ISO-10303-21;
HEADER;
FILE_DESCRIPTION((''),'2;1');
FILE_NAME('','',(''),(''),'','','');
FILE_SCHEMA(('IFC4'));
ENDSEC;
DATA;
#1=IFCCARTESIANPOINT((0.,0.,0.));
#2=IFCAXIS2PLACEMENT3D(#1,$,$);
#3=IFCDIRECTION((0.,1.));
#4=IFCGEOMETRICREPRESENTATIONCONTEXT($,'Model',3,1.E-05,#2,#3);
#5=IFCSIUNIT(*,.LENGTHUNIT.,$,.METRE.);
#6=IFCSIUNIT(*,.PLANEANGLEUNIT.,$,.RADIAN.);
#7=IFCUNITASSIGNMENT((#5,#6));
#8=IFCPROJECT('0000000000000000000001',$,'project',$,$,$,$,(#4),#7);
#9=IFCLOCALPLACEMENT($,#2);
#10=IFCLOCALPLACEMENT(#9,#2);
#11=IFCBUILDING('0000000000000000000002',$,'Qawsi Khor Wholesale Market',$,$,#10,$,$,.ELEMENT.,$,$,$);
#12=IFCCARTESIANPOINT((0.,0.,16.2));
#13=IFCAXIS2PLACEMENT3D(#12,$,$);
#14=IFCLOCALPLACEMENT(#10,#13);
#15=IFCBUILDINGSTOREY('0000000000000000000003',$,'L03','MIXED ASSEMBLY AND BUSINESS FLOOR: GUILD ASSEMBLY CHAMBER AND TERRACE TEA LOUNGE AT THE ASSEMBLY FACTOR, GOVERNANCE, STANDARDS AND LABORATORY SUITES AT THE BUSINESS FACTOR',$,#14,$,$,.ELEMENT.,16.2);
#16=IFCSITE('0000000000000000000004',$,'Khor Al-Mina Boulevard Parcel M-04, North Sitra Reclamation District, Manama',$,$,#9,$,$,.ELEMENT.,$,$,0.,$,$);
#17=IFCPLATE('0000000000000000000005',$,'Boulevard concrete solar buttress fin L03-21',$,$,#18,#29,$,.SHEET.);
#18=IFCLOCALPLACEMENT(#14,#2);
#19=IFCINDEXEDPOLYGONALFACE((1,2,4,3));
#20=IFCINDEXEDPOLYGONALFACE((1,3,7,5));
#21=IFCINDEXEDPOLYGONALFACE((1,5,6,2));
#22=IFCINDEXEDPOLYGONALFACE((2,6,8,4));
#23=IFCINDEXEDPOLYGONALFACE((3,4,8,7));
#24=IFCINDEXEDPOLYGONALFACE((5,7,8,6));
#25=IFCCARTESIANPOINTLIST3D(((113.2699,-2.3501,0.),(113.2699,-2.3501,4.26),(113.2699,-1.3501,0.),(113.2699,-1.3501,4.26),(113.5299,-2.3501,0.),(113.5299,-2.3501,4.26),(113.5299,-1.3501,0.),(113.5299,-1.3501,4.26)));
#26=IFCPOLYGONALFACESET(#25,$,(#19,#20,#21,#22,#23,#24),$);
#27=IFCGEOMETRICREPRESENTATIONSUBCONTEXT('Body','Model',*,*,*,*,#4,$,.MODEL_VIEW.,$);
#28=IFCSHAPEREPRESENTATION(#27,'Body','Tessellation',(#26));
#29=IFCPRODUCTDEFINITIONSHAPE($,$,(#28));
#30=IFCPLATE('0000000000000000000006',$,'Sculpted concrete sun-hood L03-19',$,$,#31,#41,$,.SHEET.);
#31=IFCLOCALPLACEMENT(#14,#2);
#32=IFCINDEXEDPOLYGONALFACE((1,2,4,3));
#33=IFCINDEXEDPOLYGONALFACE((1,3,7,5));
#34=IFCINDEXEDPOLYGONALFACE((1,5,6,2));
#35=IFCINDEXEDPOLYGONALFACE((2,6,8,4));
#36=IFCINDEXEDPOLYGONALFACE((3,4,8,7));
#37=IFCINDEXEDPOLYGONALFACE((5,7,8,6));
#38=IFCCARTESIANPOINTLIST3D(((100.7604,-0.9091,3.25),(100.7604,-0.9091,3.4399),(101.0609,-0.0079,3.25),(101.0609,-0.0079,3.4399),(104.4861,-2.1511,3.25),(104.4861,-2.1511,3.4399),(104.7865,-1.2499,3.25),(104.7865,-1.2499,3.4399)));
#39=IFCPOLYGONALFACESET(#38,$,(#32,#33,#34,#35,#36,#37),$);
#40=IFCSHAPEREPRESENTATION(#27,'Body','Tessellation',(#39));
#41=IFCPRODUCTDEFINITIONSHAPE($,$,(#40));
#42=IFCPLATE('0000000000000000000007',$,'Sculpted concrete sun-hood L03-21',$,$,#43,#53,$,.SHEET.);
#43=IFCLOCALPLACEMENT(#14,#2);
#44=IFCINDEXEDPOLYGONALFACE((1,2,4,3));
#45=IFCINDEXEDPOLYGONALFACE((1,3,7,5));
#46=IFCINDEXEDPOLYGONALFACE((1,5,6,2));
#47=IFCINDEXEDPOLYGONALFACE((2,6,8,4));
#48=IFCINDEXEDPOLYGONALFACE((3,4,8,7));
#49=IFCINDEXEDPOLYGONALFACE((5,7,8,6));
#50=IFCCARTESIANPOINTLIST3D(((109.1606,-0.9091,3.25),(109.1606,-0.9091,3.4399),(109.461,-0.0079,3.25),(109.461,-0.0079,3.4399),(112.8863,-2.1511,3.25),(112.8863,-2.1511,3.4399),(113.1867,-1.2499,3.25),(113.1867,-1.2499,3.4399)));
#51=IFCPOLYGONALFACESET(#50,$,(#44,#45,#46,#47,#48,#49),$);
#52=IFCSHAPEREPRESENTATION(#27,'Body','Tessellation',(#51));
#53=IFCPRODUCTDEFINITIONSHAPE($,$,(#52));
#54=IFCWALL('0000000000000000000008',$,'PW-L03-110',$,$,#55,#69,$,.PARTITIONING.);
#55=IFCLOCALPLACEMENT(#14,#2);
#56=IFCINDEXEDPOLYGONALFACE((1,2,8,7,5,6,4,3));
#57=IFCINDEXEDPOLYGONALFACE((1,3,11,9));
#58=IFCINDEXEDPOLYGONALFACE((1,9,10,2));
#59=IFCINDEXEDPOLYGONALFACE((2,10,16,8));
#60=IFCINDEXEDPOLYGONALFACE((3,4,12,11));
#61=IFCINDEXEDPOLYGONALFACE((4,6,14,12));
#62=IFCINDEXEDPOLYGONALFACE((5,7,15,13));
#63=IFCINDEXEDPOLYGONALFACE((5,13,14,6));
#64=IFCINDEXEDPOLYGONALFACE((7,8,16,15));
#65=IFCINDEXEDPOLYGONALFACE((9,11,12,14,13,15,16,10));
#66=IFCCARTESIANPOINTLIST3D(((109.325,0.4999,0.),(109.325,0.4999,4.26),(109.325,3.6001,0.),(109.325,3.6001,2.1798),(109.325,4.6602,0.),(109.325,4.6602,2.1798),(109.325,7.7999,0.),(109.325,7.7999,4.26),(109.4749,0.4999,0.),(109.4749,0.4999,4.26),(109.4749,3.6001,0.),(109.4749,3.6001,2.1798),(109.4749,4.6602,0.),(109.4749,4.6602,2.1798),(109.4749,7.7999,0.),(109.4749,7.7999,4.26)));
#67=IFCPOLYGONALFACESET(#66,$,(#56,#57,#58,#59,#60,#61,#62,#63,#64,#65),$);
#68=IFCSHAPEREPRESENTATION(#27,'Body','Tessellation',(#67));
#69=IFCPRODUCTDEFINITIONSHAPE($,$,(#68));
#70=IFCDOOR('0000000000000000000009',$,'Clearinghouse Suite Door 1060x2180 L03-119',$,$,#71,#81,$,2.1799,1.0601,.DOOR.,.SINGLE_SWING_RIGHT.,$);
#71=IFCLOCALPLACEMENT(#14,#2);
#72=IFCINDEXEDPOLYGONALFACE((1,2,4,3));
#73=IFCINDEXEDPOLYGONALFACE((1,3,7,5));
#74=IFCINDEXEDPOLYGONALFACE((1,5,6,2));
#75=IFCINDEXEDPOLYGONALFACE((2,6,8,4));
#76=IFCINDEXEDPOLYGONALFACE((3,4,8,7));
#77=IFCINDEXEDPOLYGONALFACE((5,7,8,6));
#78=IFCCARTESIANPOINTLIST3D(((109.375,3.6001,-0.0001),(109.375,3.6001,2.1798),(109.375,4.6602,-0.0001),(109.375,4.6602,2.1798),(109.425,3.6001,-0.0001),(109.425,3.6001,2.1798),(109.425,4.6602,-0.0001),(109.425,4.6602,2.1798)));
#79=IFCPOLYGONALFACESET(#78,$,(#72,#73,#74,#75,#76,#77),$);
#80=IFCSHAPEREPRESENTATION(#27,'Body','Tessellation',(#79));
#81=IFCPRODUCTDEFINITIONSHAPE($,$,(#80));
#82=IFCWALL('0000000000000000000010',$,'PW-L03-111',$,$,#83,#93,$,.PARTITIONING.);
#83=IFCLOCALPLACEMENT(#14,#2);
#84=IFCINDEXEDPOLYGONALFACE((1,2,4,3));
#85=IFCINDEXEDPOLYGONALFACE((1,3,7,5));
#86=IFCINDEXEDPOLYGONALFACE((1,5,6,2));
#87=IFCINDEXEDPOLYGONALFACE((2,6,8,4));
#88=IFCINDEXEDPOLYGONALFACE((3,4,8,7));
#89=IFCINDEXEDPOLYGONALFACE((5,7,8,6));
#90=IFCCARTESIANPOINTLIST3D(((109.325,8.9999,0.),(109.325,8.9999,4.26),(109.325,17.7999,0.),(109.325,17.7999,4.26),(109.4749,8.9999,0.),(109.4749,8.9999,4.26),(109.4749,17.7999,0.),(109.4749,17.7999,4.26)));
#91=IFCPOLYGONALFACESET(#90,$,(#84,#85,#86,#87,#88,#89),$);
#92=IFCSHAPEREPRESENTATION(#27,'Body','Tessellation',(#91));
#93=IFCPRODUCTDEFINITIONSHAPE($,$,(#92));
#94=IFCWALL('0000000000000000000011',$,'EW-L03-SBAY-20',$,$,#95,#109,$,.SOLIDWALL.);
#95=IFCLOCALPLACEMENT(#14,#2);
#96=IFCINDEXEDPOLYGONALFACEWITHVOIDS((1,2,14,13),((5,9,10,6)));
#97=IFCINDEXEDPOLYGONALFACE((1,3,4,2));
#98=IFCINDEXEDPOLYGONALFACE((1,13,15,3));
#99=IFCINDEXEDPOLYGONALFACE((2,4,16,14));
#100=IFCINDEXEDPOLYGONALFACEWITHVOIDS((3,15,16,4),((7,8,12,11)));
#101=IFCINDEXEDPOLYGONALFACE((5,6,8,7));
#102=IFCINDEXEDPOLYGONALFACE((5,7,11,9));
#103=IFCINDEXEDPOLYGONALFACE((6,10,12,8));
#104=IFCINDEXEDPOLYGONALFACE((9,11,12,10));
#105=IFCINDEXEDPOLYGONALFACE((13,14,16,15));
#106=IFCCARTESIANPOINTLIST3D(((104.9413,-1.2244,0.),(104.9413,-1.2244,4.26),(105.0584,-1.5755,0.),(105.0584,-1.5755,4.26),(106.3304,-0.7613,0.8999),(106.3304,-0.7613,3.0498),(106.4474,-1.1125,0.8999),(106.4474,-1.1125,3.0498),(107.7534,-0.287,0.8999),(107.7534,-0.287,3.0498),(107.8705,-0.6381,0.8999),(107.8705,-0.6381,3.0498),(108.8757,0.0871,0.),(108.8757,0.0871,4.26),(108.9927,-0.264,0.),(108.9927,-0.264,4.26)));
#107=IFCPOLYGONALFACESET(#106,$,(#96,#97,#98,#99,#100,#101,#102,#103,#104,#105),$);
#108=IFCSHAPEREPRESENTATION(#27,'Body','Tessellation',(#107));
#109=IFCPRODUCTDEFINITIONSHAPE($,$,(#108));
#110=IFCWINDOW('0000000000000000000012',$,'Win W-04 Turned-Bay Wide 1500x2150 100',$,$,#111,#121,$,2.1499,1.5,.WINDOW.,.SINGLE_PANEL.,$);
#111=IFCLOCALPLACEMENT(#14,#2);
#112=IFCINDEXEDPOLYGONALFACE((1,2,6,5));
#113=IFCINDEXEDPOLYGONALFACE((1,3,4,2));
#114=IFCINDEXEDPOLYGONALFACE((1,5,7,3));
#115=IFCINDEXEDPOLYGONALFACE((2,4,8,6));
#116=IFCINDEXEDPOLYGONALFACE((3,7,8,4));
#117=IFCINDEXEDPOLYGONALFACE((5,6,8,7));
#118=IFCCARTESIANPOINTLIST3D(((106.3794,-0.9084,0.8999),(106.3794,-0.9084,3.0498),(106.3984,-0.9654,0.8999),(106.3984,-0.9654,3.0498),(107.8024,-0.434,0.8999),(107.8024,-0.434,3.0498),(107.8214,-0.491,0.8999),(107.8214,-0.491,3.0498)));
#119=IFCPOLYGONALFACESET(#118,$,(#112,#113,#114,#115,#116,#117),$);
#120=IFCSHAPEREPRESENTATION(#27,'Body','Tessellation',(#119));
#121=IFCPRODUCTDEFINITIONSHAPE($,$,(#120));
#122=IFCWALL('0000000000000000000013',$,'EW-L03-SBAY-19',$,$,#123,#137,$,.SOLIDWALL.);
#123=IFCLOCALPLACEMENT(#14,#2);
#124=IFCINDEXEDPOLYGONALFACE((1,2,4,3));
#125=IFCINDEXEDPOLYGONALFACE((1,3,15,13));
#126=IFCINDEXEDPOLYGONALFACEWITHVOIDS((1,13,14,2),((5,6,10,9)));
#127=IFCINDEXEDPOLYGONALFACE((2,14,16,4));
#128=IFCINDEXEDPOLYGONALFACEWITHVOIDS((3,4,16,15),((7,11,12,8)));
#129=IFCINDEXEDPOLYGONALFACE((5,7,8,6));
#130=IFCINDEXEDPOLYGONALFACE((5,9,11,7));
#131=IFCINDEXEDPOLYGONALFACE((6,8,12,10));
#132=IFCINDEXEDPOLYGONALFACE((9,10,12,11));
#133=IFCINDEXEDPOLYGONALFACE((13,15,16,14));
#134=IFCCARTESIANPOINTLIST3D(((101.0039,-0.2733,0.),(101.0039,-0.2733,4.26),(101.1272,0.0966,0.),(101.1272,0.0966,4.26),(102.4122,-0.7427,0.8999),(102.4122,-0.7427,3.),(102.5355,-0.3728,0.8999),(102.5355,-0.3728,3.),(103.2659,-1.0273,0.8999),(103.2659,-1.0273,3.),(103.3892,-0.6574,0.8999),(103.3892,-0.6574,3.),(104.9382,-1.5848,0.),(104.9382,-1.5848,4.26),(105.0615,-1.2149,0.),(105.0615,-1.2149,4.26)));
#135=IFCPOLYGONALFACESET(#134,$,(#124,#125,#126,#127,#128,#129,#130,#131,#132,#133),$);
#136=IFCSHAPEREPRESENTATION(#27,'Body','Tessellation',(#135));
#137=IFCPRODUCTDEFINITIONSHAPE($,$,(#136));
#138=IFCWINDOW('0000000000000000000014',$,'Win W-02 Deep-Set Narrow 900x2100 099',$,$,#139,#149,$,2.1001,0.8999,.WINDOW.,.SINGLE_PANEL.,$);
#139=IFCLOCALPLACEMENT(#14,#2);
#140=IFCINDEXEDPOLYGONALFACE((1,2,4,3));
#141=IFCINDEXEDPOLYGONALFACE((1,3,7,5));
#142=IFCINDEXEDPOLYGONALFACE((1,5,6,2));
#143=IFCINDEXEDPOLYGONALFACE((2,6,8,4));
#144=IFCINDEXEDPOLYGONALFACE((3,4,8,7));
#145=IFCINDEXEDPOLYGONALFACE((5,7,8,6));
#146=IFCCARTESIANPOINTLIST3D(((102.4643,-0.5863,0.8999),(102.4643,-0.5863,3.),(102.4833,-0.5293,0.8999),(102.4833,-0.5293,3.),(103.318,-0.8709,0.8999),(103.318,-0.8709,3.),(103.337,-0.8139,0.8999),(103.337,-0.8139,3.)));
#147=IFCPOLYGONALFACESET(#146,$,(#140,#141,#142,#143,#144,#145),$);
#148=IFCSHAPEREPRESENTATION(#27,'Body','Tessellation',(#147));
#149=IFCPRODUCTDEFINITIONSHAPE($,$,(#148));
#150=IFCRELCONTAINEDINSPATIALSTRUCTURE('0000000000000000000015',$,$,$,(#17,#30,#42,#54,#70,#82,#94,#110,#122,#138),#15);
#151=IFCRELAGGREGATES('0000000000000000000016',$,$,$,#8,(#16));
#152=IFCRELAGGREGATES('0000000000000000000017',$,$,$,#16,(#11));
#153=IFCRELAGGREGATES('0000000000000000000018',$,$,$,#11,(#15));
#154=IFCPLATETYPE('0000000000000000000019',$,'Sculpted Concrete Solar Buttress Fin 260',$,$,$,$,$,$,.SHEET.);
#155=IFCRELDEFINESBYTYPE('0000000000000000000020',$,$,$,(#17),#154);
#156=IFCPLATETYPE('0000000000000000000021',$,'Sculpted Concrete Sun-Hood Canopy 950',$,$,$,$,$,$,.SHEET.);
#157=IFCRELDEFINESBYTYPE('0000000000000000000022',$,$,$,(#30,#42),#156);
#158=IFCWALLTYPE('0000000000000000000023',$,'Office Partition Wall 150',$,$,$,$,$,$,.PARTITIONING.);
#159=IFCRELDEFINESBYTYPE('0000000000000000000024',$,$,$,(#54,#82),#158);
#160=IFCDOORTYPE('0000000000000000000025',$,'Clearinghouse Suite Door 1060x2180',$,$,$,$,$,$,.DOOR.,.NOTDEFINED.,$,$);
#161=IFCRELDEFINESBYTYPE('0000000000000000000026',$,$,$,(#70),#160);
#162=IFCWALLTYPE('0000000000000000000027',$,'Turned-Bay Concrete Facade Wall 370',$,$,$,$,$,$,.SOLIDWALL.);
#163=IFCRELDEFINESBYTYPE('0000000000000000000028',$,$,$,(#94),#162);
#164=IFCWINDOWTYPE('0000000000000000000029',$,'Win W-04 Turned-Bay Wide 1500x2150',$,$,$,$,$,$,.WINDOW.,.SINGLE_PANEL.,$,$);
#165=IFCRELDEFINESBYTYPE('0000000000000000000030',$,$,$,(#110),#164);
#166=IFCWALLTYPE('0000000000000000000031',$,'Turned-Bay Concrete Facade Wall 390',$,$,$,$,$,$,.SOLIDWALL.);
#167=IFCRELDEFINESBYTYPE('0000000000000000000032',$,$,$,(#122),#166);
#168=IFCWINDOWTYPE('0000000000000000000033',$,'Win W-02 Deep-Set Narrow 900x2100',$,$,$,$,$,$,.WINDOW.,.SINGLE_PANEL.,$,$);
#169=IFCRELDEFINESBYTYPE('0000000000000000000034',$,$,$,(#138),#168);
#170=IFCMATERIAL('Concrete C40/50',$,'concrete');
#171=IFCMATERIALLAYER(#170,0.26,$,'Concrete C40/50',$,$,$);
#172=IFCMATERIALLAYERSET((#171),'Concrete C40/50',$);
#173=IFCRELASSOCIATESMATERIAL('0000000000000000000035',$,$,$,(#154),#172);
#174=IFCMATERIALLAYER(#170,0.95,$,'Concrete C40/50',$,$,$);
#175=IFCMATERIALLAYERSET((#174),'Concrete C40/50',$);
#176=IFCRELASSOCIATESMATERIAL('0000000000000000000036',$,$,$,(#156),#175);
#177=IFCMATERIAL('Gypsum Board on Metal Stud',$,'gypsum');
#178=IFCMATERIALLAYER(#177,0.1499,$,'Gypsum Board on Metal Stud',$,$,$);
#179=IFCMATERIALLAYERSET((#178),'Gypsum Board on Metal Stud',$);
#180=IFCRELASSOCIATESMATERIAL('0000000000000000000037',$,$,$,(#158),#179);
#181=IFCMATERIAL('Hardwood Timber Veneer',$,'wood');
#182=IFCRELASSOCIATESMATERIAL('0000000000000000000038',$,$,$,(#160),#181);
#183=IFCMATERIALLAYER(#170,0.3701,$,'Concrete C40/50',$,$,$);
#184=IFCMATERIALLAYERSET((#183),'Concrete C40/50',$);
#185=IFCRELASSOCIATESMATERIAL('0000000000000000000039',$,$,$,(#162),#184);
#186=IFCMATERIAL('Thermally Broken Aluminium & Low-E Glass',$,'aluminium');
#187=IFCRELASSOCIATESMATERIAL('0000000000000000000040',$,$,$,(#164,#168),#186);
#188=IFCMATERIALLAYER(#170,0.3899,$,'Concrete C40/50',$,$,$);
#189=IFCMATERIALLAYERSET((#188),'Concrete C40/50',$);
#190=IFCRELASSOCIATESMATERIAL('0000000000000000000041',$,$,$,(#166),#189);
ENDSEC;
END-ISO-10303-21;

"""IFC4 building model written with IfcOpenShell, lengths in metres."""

from ifc_helpers import new_model, si_unit, direction, frame, frame_2d, origin, place, context, subcontext, project, spatial, rectangle, extrude, material, layer, layer_set, type_object, element, fill, save


model = new_model("IFC4")

# Units and contexts
model_context = context("Model", 3, precision=1e-05, world=origin(), true_north=direction((0.0, 1.0)))
body_context = subcontext(model_context, "Body", "Model", "MODEL_VIEW")
ifc_project = project(units=[si_unit("LENGTHUNIT", "METRE"), si_unit("PLANEANGLEUNIT", "RADIAN")], contexts=[model_context])

# Site, building, storey
site_placement = place(None, origin())
site = spatial("IfcSite", under=ifc_project, at=site_placement, Name="Khor Al-Mina Boulevard Parcel M-04, North Sitra Reclamation District, Manama", CompositionType="ELEMENT", RefElevation=0.0)
building_placement = place(site_placement, origin())
building = spatial("IfcBuilding", under=site, at=building_placement, Name="Qawsi Khor Wholesale Market", CompositionType="ELEMENT")
storey_placement = place(building_placement, frame((0.0, 0.0, 16.2)))
storey = spatial("IfcBuildingStorey", under=building, at=storey_placement, Name="L03", Description="MIXED ASSEMBLY AND BUSINESS FLOOR: GUILD ASSEMBLY CHAMBER AND TERRACE TEA LOUNGE AT THE ASSEMBLY FACTOR, GOVERNANCE, STANDARDS AND LABORATORY SUITES AT THE BUSINESS FACTOR", CompositionType="ELEMENT", Elevation=16.2)

# Shared definitions
ifc_material_1 = material(Name="Concrete C40/50", Category="concrete")

# Plates
ifc_layer_1 = layer(ifc_material_1, 0.26, Name="Concrete C40/50")
ifc_layer_set_1 = layer_set([ifc_layer_1], Name="Concrete C40/50")
plate_type_1 = type_object("IfcPlateType", Name="Sculpted Concrete Solar Buttress Fin 260", PredefinedType="SHEET", material=ifc_layer_set_1)
plate_1_placement = place(storey_placement, frame((113.3999, -2.3501, 0.0), z_axis=(0.0, 0.0, 1.0), x_axis=(0.0, 1.0, 0.0)))
element("IfcPlate", 1, at=plate_1_placement, inside=storey, type_object=plate_type_1, Name="Boulevard concrete solar buttress fin L03-21", PredefinedType="SHEET", context=body_context, shape_type="SweptSolid", body=[
    extrude(rectangle(XDim=1.0, YDim=0.26, at=frame_2d((0.5, 0.0))), origin(), (0.0, 0.0, 1.0), 4.26),
])
ifc_layer_2 = layer(ifc_material_1, 0.95, Name="Concrete C40/50")
ifc_layer_set_2 = layer_set([ifc_layer_2], Name="Concrete C40/50")
plate_type_2 = type_object("IfcPlateType", Name="Sculpted Concrete Sun-Hood Canopy 950", PredefinedType="SHEET", material=ifc_layer_set_2)
for number, where, z_axis, x_axis, name in (
    (2, (100.9106, -0.4585, 3.25), (0.0, 0.0, 1.0), (0.948677, -0.316246, 0.0), "Sculpted concrete sun-hood L03-19"),
    (3, (109.3108, -0.4585, 3.25), (0.0, 0.0, 1.0), (0.948677, -0.316246, 0.0), "Sculpted concrete sun-hood L03-21"),
):
    element("IfcPlate", number, at=place(storey_placement, frame(where, z_axis=z_axis, x_axis=x_axis)), inside=storey, type_object=plate_type_2, Name=name, PredefinedType="SHEET", context=body_context, shape_type="SweptSolid", body=[
        extrude(rectangle(XDim=3.9272, YDim=0.95, at=frame_2d((1.9636, 0.0))), origin(), (0.0, 0.0, 1.0), 0.1899),
    ])

# Wall, opening, door
ifc_material_2 = material(Name="Gypsum Board on Metal Stud", Category="gypsum")
ifc_layer_3 = layer(ifc_material_2, 0.1499, Name="Gypsum Board on Metal Stud")
ifc_layer_set_3 = layer_set([ifc_layer_3], Name="Gypsum Board on Metal Stud")
wall_type_1 = type_object("IfcWallType", Name="Office Partition Wall 150", PredefinedType="PARTITIONING", material=ifc_layer_set_3)
wall_1_placement = place(storey_placement, frame((109.3999, 0.5, 0.0), z_axis=(0.0, 0.0, 1.0), x_axis=(0.0, 1.0, 0.0)))
wall_1 = element("IfcWall", 4, at=wall_1_placement, inside=storey, type_object=wall_type_1, Name="PW-L03-110", PredefinedType="PARTITIONING", context=body_context, shape_type="SweptSolid", body=[
    extrude(rectangle(XDim=7.3, YDim=0.1499, at=frame_2d((3.6499, 0.0))), origin(), (0.0, 0.0, 1.0), 4.26),
])
opening_1_placement = place(wall_1_placement, frame((3.1001, 0.0, 0.0)))
opening_1 = element("IfcOpeningElement", 5, at=opening_1_placement, cuts=wall_1, PredefinedType="OPENING", context=body_context, shape_type="SweptSolid", body=[
    extrude(rectangle(XDim=1.0601, YDim=2.1799, at=frame_2d((0.53, 1.0898))), frame((0.0, 0.085, 0.0), z_axis=(0.0, -1.0, 0.0), x_axis=(1.0, 0.0, 0.0)), (0.0, 0.0, 1.0), 0.1699),
])
ifc_material_3 = material(Name="Hardwood Timber Veneer", Category="wood")
door_type = type_object("IfcDoorType", Name="Clearinghouse Suite Door 1060x2180", OperationType="NOTDEFINED", PredefinedType="DOOR", material=ifc_material_3)
door_placement = place(opening_1_placement, origin())
door = element("IfcDoor", 6, at=door_placement, inside=storey, type_object=door_type, Name="Clearinghouse Suite Door 1060x2180 L03-119", OperationType="SINGLE_SWING_RIGHT", OverallHeight=2.1799, OverallWidth=1.0601, PredefinedType="DOOR", context=body_context, shape_type="SweptSolid", body=[
    extrude(rectangle(XDim=1.0601, YDim=2.1799, at=frame_2d((0.53, 1.0898))), frame((0.0, 0.0249, 0.0), z_axis=(0.0, -1.0, 0.0), x_axis=(1.0, 0.0, 0.0)), (0.0, 0.0, 1.0), 0.05),
])
fill(opening_1, door)

# Wall
wall_2_placement = place(storey_placement, frame((109.3999, 9.0, 0.0), z_axis=(0.0, 0.0, 1.0), x_axis=(0.0, 1.0, 0.0)))
element("IfcWall", 7, at=wall_2_placement, inside=storey, type_object=wall_type_1, Name="PW-L03-111", PredefinedType="PARTITIONING", context=body_context, shape_type="SweptSolid", body=[
    extrude(rectangle(XDim=8.8, YDim=0.1499, at=frame_2d((4.3999, 0.0))), origin(), (0.0, 0.0, 1.0), 4.26),
])

# Walls, openings, windows
ifc_layer_4 = layer(ifc_material_1, 0.3701, Name="Concrete C40/50")
ifc_layer_set_4 = layer_set([ifc_layer_4], Name="Concrete C40/50")
wall_type_2 = type_object("IfcWallType", Name="Turned-Bay Concrete Facade Wall 370", PredefinedType="SOLIDWALL", material=ifc_layer_set_4)
wall_3_placement = place(storey_placement, frame((108.9343, -0.0884, 0.0), z_axis=(0.0, 0.0, 1.0), x_axis=(-0.948677, -0.316245, 0.0)))
wall_3 = element("IfcWall", 8, at=wall_3_placement, inside=storey, type_object=wall_type_2, Name="EW-L03-SBAY-20", PredefinedType="SOLIDWALL", context=body_context, shape_type="SweptSolid", body=[
    extrude(rectangle(XDim=4.1472, YDim=0.3701, at=frame_2d((2.0737, 0.0))), origin(), (0.0, 0.0, 1.0), 4.26),
])
opening_2_placement = place(wall_3_placement, frame((1.1831, 0.0, 0.8999)))
opening_2 = element("IfcOpeningElement", 9, at=opening_2_placement, cuts=wall_3, PredefinedType="OPENING", context=body_context, shape_type="SweptSolid", body=[
    extrude(rectangle(XDim=1.5, YDim=2.1499, at=frame_2d((0.75, 1.075))), frame((0.0, 0.1951, 0.0), z_axis=(0.0, -1.0, 0.0), x_axis=(1.0, 0.0, 0.0)), (0.0, 0.0, 1.0), 0.3901),
])
ifc_material_4 = material(Name="Thermally Broken Aluminium & Low-E Glass", Category="aluminium")
window_type_1 = type_object("IfcWindowType", Name="Win W-04 Turned-Bay Wide 1500x2150", PartitioningType="SINGLE_PANEL", PredefinedType="WINDOW", material=ifc_material_4)
window_1_placement = place(opening_2_placement, origin())
window_1 = element("IfcWindow", 10, at=window_1_placement, inside=storey, type_object=window_type_1, Name="Win W-04 Turned-Bay Wide 1500x2150 100", OverallHeight=2.1499, OverallWidth=1.5, PartitioningType="SINGLE_PANEL", PredefinedType="WINDOW", context=body_context, shape_type="SweptSolid", body=[
    extrude(rectangle(XDim=1.5, YDim=2.1499, at=frame_2d((0.75, 1.075))), frame((0.0, 0.03, 0.0), z_axis=(0.0, -1.0, 0.0), x_axis=(1.0, 0.0, 0.0)), (0.0, 0.0, 1.0), 0.0601),
])
fill(opening_2, window_1)
ifc_layer_5 = layer(ifc_material_1, 0.3899, Name="Concrete C40/50")
ifc_layer_set_5 = layer_set([ifc_layer_5], Name="Concrete C40/50")
wall_type_3 = type_object("IfcWallType", Name="Turned-Bay Concrete Facade Wall 390", PredefinedType="SOLIDWALL", material=ifc_layer_set_5)
wall_4_placement = place(storey_placement, frame((105.0, -1.3999, 0.0), z_axis=(0.0, 0.0, 1.0), x_axis=(-0.948677, 0.316245, 0.0)))
wall_4 = element("IfcWall", 11, at=wall_4_placement, inside=storey, type_object=wall_type_3, Name="EW-L03-SBAY-19", PredefinedType="SOLIDWALL", context=body_context, shape_type="SweptSolid", body=[
    extrude(rectangle(XDim=4.1472, YDim=0.3899, at=frame_2d((2.0737, 0.0))), origin(), (0.0, 0.0, 1.0), 4.26),
])
opening_3_placement = place(wall_4_placement, frame((1.7629, 0.0, 0.8999)))
opening_3 = element("IfcOpeningElement", 12, at=opening_3_placement, cuts=wall_4, PredefinedType="OPENING", context=body_context, shape_type="SweptSolid", body=[
    extrude(rectangle(XDim=0.8999, YDim=2.1001, at=frame_2d((0.45, 1.05))), frame((0.0, 0.2048, 0.0), z_axis=(0.0, -1.0, 0.0), x_axis=(1.0, 0.0, 0.0)), (0.0, 0.0, 1.0), 0.4099),
])
window_type_2 = type_object("IfcWindowType", Name="Win W-02 Deep-Set Narrow 900x2100", PartitioningType="SINGLE_PANEL", PredefinedType="WINDOW", material=ifc_material_4)
window_2_placement = place(opening_3_placement, origin())
window_2 = element("IfcWindow", 13, at=window_2_placement, inside=storey, type_object=window_type_2, Name="Win W-02 Deep-Set Narrow 900x2100 099", OverallHeight=2.1001, OverallWidth=0.8999, PartitioningType="SINGLE_PANEL", PredefinedType="WINDOW", context=body_context, shape_type="SweptSolid", body=[
    extrude(rectangle(XDim=0.8999, YDim=2.1001, at=frame_2d((0.45, 1.05))), frame((0.0, 0.03, 0.0), z_axis=(0.0, -1.0, 0.0), x_axis=(1.0, 0.0, 0.0)), (0.0, 0.0, 1.0), 0.0601),
])
fill(opening_3, window_2)

save(model, "model.ifc")
